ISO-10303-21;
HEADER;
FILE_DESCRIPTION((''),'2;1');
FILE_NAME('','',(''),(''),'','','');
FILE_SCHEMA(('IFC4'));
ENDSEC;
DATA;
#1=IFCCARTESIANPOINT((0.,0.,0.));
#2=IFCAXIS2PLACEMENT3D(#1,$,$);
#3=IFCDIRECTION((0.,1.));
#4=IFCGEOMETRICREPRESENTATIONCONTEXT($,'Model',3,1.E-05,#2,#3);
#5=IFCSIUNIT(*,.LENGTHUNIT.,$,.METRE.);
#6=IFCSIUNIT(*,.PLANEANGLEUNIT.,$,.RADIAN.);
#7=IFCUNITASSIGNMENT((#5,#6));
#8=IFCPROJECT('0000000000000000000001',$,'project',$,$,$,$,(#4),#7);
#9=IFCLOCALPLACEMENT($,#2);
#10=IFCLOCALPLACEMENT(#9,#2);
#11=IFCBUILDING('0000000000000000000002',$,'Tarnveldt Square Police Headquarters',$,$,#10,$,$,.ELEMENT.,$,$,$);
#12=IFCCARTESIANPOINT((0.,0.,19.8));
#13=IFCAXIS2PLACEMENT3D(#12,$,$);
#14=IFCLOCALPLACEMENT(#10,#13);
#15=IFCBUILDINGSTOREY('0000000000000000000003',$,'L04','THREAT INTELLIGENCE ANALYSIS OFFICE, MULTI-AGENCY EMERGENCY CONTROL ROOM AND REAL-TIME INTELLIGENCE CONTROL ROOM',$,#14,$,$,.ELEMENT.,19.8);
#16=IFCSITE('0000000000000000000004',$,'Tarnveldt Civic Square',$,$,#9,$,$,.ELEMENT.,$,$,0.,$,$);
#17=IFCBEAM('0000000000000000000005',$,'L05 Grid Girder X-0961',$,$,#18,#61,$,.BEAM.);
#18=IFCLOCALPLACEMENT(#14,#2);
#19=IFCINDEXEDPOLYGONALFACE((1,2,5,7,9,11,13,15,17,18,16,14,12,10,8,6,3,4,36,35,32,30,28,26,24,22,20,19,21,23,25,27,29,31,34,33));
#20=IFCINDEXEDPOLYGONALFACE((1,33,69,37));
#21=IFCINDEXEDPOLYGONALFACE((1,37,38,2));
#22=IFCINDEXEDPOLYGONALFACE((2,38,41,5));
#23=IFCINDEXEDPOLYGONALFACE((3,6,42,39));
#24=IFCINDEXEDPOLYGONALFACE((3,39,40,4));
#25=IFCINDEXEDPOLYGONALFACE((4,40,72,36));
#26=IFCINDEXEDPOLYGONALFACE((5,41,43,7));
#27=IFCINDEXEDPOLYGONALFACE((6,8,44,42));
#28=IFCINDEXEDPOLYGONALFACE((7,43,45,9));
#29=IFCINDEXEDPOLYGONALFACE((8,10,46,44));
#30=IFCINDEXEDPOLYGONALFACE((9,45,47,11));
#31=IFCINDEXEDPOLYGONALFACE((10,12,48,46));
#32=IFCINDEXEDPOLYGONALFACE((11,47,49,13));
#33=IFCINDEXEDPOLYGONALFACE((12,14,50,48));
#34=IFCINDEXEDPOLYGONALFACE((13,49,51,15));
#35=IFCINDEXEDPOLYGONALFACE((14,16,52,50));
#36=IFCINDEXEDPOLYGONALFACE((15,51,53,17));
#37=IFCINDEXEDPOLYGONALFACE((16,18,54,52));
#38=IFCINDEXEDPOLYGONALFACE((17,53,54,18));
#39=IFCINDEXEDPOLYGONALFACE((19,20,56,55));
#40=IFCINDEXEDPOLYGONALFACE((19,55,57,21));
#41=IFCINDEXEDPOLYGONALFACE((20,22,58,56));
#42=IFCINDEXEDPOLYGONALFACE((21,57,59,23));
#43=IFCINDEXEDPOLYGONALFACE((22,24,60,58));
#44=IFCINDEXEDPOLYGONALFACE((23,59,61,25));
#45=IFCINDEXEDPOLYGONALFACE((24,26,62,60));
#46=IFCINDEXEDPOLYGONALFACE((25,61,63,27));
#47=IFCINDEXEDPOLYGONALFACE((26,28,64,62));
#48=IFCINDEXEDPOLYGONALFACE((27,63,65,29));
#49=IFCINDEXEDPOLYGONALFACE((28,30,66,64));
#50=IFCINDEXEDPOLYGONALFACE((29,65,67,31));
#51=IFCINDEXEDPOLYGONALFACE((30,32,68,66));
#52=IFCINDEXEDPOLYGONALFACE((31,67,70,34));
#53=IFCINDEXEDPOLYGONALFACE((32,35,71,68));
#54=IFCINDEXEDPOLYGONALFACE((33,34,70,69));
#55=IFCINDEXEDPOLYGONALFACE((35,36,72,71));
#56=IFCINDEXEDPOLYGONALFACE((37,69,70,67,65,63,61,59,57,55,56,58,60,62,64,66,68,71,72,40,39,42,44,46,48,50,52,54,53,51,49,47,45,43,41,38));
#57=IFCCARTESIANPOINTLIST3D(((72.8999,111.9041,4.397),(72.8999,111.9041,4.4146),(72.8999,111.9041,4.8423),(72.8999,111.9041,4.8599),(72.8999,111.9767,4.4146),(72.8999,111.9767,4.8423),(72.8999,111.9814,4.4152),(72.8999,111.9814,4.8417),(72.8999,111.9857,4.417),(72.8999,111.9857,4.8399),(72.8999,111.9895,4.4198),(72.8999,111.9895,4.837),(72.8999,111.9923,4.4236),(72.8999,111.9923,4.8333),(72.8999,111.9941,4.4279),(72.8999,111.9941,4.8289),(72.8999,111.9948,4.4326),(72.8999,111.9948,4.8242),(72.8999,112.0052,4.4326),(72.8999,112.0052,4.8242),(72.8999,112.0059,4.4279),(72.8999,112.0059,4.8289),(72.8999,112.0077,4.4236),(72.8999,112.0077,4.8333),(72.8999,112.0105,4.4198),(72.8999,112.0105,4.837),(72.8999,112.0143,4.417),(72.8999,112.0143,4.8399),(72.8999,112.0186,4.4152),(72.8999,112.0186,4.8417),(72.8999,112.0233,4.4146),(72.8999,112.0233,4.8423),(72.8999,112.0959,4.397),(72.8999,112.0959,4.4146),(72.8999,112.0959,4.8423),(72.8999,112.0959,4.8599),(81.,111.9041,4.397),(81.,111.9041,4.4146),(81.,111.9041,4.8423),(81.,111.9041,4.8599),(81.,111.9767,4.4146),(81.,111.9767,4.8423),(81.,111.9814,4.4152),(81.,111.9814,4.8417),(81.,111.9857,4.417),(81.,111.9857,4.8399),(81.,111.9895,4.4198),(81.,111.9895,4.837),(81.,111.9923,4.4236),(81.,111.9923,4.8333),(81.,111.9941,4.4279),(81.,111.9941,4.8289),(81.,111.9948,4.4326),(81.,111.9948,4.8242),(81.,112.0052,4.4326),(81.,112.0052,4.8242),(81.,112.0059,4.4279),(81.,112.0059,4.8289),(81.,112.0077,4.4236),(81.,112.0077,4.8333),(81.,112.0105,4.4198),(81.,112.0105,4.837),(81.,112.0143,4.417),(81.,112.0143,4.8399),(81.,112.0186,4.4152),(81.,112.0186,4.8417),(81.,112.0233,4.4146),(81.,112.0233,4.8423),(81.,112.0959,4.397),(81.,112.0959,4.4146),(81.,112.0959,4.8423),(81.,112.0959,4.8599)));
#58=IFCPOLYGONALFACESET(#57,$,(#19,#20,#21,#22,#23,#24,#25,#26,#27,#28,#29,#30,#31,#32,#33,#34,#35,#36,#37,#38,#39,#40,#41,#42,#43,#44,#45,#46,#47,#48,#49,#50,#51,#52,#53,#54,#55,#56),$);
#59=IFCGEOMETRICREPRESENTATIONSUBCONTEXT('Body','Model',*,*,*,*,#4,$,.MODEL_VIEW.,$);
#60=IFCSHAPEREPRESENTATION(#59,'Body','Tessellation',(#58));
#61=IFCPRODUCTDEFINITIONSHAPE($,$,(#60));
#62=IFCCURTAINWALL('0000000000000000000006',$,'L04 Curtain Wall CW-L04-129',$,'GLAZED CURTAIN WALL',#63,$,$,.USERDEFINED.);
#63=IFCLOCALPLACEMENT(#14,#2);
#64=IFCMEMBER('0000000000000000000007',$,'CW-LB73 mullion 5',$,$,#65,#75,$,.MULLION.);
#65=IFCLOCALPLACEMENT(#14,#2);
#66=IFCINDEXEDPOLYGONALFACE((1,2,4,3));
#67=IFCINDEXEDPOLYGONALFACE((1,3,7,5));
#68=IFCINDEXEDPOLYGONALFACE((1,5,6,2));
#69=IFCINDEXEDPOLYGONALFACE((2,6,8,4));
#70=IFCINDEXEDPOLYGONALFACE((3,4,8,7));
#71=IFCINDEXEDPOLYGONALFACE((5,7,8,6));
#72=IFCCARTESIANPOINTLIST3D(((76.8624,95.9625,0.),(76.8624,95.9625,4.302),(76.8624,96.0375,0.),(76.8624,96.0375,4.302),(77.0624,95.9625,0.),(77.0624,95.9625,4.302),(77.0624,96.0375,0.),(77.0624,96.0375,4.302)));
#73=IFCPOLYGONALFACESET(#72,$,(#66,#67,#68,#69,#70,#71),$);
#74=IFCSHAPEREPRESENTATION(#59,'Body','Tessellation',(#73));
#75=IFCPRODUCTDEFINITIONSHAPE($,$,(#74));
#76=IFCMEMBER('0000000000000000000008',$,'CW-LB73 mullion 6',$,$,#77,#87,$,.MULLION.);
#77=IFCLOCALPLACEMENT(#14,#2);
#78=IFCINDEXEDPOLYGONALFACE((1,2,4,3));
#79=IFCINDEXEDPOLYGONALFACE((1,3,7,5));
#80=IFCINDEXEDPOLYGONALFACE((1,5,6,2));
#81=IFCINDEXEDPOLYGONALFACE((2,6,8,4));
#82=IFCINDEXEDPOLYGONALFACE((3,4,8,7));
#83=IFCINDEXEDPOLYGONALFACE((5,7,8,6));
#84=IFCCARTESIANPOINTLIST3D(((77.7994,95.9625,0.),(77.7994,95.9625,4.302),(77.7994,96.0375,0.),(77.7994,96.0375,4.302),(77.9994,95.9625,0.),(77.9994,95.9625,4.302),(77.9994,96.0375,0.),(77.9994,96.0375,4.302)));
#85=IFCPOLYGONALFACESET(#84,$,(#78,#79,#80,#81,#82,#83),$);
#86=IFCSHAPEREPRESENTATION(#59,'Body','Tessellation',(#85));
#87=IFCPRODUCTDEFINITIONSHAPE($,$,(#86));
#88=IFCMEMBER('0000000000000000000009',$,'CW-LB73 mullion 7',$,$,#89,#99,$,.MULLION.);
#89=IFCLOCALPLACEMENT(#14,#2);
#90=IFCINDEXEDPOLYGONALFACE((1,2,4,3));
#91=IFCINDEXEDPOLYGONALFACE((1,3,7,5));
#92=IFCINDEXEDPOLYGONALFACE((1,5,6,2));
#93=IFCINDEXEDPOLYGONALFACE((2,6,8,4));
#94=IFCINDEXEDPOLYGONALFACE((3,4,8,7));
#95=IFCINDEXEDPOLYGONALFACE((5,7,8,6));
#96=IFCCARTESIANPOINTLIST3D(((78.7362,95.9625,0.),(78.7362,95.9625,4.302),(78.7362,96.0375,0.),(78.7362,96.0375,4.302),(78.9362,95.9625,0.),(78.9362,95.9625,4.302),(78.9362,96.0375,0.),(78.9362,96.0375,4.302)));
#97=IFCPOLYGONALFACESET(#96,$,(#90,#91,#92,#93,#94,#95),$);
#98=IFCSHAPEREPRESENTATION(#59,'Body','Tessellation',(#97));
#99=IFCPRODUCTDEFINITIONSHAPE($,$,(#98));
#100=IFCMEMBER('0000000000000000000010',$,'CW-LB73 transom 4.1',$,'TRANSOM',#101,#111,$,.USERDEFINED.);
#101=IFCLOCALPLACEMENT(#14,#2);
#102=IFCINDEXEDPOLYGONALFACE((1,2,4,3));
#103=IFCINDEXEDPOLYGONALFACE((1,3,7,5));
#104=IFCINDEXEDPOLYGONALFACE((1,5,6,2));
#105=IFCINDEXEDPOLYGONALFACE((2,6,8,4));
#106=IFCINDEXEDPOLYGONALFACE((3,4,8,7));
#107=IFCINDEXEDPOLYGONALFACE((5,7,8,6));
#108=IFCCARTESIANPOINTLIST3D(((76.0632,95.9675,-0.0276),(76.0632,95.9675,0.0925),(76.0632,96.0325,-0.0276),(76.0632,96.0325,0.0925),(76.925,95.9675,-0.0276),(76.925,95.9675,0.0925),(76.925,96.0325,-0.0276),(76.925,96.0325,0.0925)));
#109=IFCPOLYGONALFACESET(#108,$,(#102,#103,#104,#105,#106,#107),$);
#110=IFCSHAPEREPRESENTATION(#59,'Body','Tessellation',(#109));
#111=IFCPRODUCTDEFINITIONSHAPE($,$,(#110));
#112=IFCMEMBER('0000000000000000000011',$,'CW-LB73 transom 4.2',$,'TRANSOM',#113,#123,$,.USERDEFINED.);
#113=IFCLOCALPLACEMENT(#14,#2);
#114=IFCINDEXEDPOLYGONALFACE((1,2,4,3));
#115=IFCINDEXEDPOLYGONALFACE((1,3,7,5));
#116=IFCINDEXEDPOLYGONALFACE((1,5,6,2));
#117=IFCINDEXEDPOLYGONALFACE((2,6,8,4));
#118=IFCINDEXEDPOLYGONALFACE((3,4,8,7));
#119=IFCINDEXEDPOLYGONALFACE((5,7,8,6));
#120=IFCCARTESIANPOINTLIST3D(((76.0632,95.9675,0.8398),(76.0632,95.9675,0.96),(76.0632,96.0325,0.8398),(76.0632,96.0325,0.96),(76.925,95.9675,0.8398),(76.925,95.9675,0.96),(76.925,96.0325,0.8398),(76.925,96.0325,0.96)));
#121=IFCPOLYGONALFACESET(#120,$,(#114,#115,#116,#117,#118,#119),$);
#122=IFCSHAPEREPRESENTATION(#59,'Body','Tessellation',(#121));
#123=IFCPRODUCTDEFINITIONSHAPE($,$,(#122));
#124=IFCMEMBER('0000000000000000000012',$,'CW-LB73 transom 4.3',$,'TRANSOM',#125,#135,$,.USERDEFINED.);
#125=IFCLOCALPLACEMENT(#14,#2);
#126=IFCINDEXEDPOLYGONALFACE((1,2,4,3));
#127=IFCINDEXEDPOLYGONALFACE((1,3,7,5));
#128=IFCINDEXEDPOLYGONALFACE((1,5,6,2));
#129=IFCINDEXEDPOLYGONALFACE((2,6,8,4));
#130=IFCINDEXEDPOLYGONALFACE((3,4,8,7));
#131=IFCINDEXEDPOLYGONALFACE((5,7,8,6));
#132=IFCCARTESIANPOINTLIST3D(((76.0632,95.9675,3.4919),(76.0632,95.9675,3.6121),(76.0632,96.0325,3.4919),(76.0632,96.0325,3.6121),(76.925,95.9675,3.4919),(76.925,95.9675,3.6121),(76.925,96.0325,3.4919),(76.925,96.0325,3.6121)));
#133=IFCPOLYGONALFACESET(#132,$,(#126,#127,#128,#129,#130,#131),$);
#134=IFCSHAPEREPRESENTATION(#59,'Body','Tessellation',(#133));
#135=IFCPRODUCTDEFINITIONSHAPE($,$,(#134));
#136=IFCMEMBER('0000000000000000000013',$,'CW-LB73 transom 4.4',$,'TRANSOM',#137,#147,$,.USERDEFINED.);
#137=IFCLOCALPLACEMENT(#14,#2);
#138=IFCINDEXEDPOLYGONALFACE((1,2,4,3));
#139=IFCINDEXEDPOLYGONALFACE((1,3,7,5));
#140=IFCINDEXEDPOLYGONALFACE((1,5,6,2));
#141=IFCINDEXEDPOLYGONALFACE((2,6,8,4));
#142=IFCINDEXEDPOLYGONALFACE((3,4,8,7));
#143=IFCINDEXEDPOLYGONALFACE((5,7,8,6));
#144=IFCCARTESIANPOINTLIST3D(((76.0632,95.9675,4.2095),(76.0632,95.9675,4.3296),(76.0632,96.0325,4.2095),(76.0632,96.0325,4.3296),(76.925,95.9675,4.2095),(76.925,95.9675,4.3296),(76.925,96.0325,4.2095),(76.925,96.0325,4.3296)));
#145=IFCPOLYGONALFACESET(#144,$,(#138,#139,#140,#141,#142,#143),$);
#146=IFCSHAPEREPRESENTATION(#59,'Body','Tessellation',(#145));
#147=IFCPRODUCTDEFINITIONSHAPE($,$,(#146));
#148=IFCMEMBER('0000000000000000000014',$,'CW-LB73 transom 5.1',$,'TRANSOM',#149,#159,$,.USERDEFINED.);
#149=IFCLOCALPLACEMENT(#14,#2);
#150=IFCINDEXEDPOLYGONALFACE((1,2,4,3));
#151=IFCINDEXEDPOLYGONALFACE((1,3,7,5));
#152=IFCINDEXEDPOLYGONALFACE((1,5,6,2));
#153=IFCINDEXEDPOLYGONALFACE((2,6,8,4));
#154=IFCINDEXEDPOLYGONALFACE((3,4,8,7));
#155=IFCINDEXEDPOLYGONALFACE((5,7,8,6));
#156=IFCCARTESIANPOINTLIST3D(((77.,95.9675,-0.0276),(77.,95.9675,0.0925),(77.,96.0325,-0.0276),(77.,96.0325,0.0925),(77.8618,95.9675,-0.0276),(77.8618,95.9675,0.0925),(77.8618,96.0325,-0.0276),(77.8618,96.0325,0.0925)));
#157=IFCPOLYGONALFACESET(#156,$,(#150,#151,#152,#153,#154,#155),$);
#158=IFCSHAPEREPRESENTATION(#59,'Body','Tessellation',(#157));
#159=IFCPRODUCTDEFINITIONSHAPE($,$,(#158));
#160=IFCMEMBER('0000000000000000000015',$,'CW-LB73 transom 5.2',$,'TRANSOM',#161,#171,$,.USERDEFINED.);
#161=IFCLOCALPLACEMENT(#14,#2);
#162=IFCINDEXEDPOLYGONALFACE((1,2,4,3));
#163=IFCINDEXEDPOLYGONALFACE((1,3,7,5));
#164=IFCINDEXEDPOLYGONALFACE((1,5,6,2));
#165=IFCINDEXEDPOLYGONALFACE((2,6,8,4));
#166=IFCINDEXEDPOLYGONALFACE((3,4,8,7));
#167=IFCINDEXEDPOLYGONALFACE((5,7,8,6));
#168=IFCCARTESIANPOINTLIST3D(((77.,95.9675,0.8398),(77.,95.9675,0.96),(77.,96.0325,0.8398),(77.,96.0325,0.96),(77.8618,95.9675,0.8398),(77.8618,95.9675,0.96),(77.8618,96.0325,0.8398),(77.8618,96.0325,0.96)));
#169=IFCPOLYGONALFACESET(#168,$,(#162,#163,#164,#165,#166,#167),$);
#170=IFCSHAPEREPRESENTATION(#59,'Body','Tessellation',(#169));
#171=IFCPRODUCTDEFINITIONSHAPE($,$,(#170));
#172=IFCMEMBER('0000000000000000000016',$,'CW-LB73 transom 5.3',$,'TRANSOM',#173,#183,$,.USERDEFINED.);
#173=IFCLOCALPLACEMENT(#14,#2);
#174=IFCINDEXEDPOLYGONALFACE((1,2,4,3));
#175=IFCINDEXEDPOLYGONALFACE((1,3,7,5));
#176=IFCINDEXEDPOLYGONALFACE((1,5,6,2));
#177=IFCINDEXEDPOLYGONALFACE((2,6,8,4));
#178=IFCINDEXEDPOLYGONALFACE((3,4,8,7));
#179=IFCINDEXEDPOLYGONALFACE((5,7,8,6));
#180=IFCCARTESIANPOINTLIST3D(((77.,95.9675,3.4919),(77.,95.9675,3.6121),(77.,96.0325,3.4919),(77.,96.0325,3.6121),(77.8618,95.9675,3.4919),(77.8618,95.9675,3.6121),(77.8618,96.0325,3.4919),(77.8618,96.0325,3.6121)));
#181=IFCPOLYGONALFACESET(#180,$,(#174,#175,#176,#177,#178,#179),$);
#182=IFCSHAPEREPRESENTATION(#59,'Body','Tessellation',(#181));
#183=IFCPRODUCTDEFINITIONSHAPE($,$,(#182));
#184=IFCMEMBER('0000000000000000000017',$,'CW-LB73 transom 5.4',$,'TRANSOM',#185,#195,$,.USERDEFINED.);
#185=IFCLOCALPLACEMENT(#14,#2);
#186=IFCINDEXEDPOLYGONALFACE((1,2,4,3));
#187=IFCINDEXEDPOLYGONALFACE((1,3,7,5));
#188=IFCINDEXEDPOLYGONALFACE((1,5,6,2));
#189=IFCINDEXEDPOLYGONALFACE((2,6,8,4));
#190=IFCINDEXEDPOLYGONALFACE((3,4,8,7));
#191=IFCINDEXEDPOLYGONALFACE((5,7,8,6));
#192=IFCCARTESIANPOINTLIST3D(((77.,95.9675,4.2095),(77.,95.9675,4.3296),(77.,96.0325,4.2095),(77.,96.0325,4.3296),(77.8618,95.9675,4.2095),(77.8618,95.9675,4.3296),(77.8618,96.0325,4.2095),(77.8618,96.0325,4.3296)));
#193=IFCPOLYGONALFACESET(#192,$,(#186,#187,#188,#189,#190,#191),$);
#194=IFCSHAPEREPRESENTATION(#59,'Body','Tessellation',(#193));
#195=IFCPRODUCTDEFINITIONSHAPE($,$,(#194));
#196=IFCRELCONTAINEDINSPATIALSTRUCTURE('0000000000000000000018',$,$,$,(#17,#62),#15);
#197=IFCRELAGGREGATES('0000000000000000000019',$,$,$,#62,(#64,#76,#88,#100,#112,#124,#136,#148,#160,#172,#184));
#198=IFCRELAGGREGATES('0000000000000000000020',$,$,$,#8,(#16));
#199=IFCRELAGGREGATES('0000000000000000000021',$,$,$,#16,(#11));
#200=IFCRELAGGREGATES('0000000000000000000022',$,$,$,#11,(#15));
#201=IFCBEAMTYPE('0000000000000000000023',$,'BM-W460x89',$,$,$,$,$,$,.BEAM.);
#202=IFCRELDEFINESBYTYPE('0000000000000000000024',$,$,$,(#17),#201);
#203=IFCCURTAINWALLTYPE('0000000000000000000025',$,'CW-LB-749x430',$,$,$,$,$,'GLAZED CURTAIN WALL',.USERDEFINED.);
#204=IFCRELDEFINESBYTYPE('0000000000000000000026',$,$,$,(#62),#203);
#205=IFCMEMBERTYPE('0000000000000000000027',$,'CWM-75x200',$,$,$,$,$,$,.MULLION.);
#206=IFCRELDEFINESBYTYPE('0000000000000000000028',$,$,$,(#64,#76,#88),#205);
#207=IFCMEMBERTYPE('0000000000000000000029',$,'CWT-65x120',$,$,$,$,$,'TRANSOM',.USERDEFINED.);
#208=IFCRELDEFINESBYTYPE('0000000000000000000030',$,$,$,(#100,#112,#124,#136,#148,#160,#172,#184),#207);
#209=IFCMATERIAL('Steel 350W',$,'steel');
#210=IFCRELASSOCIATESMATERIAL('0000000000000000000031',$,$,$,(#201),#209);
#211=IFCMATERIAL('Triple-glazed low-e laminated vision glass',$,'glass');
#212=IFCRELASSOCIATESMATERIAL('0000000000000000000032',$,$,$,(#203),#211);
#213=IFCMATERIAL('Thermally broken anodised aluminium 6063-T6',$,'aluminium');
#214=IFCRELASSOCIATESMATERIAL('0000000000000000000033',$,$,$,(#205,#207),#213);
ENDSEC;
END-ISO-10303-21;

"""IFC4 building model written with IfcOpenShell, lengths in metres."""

from ifc_helpers import new_model, si_unit, direction, frame, origin, origin_2d, place, context, subcontext, project, spatial, rectangle, i_section, extrude, material, material_profile, profile_set, type_object, element, aggregate, save


model = new_model("IFC4")

# Units and contexts
model_context = context("Model", 3, precision=1e-05, world=origin(), true_north=direction((0.0, 1.0)))
body_context = subcontext(model_context, "Body", "Model", "MODEL_VIEW")
ifc_project = project(units=[si_unit("LENGTHUNIT", "METRE"), si_unit("PLANEANGLEUNIT", "RADIAN")], contexts=[model_context])

# Site, building, storey
site_placement = place(None, origin())
site = spatial("IfcSite", under=ifc_project, at=site_placement, Name="Tarnveldt Civic Square", CompositionType="ELEMENT", RefElevation=0.0)
building_placement = place(site_placement, origin())
building = spatial("IfcBuilding", under=site, at=building_placement, Name="Tarnveldt Square Police Headquarters", CompositionType="ELEMENT")
storey_placement = place(building_placement, frame((0.0, 0.0, 19.8)))
storey = spatial("IfcBuildingStorey", under=building, at=storey_placement, Name="L04", Description="THREAT INTELLIGENCE ANALYSIS OFFICE, MULTI-AGENCY EMERGENCY CONTROL ROOM AND REAL-TIME INTELLIGENCE CONTROL ROOM", CompositionType="ELEMENT", Elevation=19.8)

# Beam
ifc_material_1 = material(Name="Steel 350W", Category="steel")
ifc_material_profile_1 = material_profile(ifc_material_1, i_section(OverallWidth=0.1919, OverallDepth=0.4629, WebThickness=0.0105, FlangeThickness=0.0176, FilletRadius=0.0181, at=origin_2d()), Name="W460x89")
ifc_profile_set_1 = profile_set([ifc_material_profile_1], Name="Steel 350W")
beam_type_1 = type_object("IfcBeamType", Name="BM-W460x89", PredefinedType="BEAM", material=ifc_profile_set_1)
beam_1_placement = place(storey_placement, frame((72.8999, 112.0, 4.6284), z_axis=(1.0, 0.0, 0.0), x_axis=(0.0, 1.0, 0.0)))
element("IfcBeam", 1, at=beam_1_placement, inside=storey, type_object=beam_type_1, Name="L05 Grid Girder X-0961", PredefinedType="BEAM", context=body_context, shape_type="SweptSolid", body=[
    extrude(i_section(OverallWidth=0.1919, OverallDepth=0.4629, WebThickness=0.0105, FlangeThickness=0.0176, FilletRadius=0.0181, at=origin_2d()), origin(), (0.0, 0.0, 1.0), 8.1001),
])

# Curtain wall, members
ifc_material_2 = material(Name="Triple-glazed low-e laminated vision glass", Category="glass")
curtain_wall_type = type_object("IfcCurtainWallType", Name="CW-LB-749x430", ElementType="GLAZED CURTAIN WALL", PredefinedType="USERDEFINED", material=ifc_material_2)
curtain_wall_placement = place(storey_placement, origin())
curtain_wall = element("IfcCurtainWall", 2, at=curtain_wall_placement, inside=storey, type_object=curtain_wall_type, Name="L04 Curtain Wall CW-L04-129", ObjectType="GLAZED CURTAIN WALL", PredefinedType="USERDEFINED")
ifc_material_3 = material(Name="Thermally broken anodised aluminium 6063-T6", Category="aluminium")
ifc_material_profile_2 = material_profile(ifc_material_3, rectangle(XDim=0.075, YDim=0.2, at=origin_2d()), Name="CW-M75x200")
ifc_profile_set_2 = profile_set([ifc_material_profile_2], Name="Thermally broken anodised aluminium 6063-T6")
member_type_1 = type_object("IfcMemberType", Name="CWM-75x200", PredefinedType="MULLION", material=ifc_profile_set_2)
member_1_placement = place(storey_placement, frame((76.9624, 96.0, 0.0), z_axis=(0.0, 0.0, 1.0), x_axis=(0.0, 1.0, 0.0)))
member_1 = element("IfcMember", 3, at=member_1_placement, type_object=member_type_1, Name="CW-LB73 mullion 5", PredefinedType="MULLION", context=body_context, shape_type="SweptSolid", body=[
    extrude(rectangle(XDim=0.075, YDim=0.2, at=origin_2d()), origin(), (0.0, 0.0, 1.0), 4.302),
])
member_2_placement = place(storey_placement, frame((77.8994, 96.0, 0.0), z_axis=(0.0, 0.0, 1.0), x_axis=(0.0, 1.0, 0.0)))
member_2 = element("IfcMember", 4, at=member_2_placement, type_object=member_type_1, Name="CW-LB73 mullion 6", PredefinedType="MULLION", context=body_context, shape_type="SweptSolid", body=[
    extrude(rectangle(XDim=0.075, YDim=0.2, at=origin_2d()), origin(), (0.0, 0.0, 1.0), 4.302),
])
member_3_placement = place(storey_placement, frame((78.8362, 96.0, 0.0), z_axis=(0.0, 0.0, 1.0), x_axis=(0.0, 1.0, 0.0)))
member_3 = element("IfcMember", 5, at=member_3_placement, type_object=member_type_1, Name="CW-LB73 mullion 7", PredefinedType="MULLION", context=body_context, shape_type="SweptSolid", body=[
    extrude(rectangle(XDim=0.075, YDim=0.2, at=origin_2d()), origin(), (0.0, 0.0, 1.0), 4.302),
])
ifc_material_profile_3 = material_profile(ifc_material_3, rectangle(XDim=0.0649, YDim=0.1201, at=origin_2d()), Name="CW-T65x120")
ifc_profile_set_3 = profile_set([ifc_material_profile_3], Name="Thermally broken anodised aluminium 6063-T6")
member_type_2 = type_object("IfcMemberType", Name="CWT-65x120", ElementType="TRANSOM", PredefinedType="USERDEFINED", material=ifc_profile_set_3)
member_4_placement = place(storey_placement, frame((76.0632, 96.0, 0.0325), z_axis=(1.0, 0.0, 0.0), x_axis=(0.0, 1.0, 0.0)))
member_4 = element("IfcMember", 6, at=member_4_placement, type_object=member_type_2, Name="CW-LB73 transom 4.1", ObjectType="TRANSOM", PredefinedType="USERDEFINED", context=body_context, shape_type="SweptSolid", body=[
    extrude(rectangle(XDim=0.0649, YDim=0.1201, at=origin_2d()), origin(), (0.0, 0.0, 1.0), 0.8618),
])
member_5_placement = place(storey_placement, frame((76.0632, 96.0, 0.8999), z_axis=(1.0, 0.0, 0.0), x_axis=(0.0, 1.0, 0.0)))
member_5 = element("IfcMember", 7, at=member_5_placement, type_object=member_type_2, Name="CW-LB73 transom 4.2", ObjectType="TRANSOM", PredefinedType="USERDEFINED", context=body_context, shape_type="SweptSolid", body=[
    extrude(rectangle(XDim=0.0649, YDim=0.1201, at=origin_2d()), origin(), (0.0, 0.0, 1.0), 0.8618),
])
member_6_placement = place(storey_placement, frame((76.0632, 96.0, 3.552), z_axis=(1.0, 0.0, 0.0), x_axis=(0.0, 1.0, 0.0)))
member_6 = element("IfcMember", 8, at=member_6_placement, type_object=member_type_2, Name="CW-LB73 transom 4.3", ObjectType="TRANSOM", PredefinedType="USERDEFINED", context=body_context, shape_type="SweptSolid", body=[
    extrude(rectangle(XDim=0.0649, YDim=0.1201, at=origin_2d()), origin(), (0.0, 0.0, 1.0), 0.8618),
])
member_7_placement = place(storey_placement, frame((76.0632, 96.0, 4.2695), z_axis=(1.0, 0.0, 0.0), x_axis=(0.0, 1.0, 0.0)))
member_7 = element("IfcMember", 9, at=member_7_placement, type_object=member_type_2, Name="CW-LB73 transom 4.4", ObjectType="TRANSOM", PredefinedType="USERDEFINED", context=body_context, shape_type="SweptSolid", body=[
    extrude(rectangle(XDim=0.0649, YDim=0.1201, at=origin_2d()), origin(), (0.0, 0.0, 1.0), 0.8618),
])
member_8_placement = place(storey_placement, frame((77.0, 96.0, 0.0325), z_axis=(1.0, 0.0, 0.0), x_axis=(0.0, 1.0, 0.0)))
member_8 = element("IfcMember", 10, at=member_8_placement, type_object=member_type_2, Name="CW-LB73 transom 5.1", ObjectType="TRANSOM", PredefinedType="USERDEFINED", context=body_context, shape_type="SweptSolid", body=[
    extrude(rectangle(XDim=0.0649, YDim=0.1201, at=origin_2d()), origin(), (0.0, 0.0, 1.0), 0.8618),
])
member_9_placement = place(storey_placement, frame((77.0, 96.0, 0.8999), z_axis=(1.0, 0.0, 0.0), x_axis=(0.0, 1.0, 0.0)))
member_9 = element("IfcMember", 11, at=member_9_placement, type_object=member_type_2, Name="CW-LB73 transom 5.2", ObjectType="TRANSOM", PredefinedType="USERDEFINED", context=body_context, shape_type="SweptSolid", body=[
    extrude(rectangle(XDim=0.0649, YDim=0.1201, at=origin_2d()), origin(), (0.0, 0.0, 1.0), 0.8618),
])
member_10_placement = place(storey_placement, frame((77.0, 96.0, 3.552), z_axis=(1.0, 0.0, 0.0), x_axis=(0.0, 1.0, 0.0)))
member_10 = element("IfcMember", 12, at=member_10_placement, type_object=member_type_2, Name="CW-LB73 transom 5.3", ObjectType="TRANSOM", PredefinedType="USERDEFINED", context=body_context, shape_type="SweptSolid", body=[
    extrude(rectangle(XDim=0.0649, YDim=0.1201, at=origin_2d()), origin(), (0.0, 0.0, 1.0), 0.8618),
])
member_11_placement = place(storey_placement, frame((77.0, 96.0, 4.2695), z_axis=(1.0, 0.0, 0.0), x_axis=(0.0, 1.0, 0.0)))
member_11 = element("IfcMember", 13, at=member_11_placement, type_object=member_type_2, Name="CW-LB73 transom 5.4", ObjectType="TRANSOM", PredefinedType="USERDEFINED", context=body_context, shape_type="SweptSolid", body=[
    extrude(rectangle(XDim=0.0649, YDim=0.1201, at=origin_2d()), origin(), (0.0, 0.0, 1.0), 0.8618),
])
aggregate(curtain_wall, [member_1, member_2, member_3, member_4, member_5, member_6, member_7, member_8, member_9, member_10, member_11])

save(model, "model.ifc")
